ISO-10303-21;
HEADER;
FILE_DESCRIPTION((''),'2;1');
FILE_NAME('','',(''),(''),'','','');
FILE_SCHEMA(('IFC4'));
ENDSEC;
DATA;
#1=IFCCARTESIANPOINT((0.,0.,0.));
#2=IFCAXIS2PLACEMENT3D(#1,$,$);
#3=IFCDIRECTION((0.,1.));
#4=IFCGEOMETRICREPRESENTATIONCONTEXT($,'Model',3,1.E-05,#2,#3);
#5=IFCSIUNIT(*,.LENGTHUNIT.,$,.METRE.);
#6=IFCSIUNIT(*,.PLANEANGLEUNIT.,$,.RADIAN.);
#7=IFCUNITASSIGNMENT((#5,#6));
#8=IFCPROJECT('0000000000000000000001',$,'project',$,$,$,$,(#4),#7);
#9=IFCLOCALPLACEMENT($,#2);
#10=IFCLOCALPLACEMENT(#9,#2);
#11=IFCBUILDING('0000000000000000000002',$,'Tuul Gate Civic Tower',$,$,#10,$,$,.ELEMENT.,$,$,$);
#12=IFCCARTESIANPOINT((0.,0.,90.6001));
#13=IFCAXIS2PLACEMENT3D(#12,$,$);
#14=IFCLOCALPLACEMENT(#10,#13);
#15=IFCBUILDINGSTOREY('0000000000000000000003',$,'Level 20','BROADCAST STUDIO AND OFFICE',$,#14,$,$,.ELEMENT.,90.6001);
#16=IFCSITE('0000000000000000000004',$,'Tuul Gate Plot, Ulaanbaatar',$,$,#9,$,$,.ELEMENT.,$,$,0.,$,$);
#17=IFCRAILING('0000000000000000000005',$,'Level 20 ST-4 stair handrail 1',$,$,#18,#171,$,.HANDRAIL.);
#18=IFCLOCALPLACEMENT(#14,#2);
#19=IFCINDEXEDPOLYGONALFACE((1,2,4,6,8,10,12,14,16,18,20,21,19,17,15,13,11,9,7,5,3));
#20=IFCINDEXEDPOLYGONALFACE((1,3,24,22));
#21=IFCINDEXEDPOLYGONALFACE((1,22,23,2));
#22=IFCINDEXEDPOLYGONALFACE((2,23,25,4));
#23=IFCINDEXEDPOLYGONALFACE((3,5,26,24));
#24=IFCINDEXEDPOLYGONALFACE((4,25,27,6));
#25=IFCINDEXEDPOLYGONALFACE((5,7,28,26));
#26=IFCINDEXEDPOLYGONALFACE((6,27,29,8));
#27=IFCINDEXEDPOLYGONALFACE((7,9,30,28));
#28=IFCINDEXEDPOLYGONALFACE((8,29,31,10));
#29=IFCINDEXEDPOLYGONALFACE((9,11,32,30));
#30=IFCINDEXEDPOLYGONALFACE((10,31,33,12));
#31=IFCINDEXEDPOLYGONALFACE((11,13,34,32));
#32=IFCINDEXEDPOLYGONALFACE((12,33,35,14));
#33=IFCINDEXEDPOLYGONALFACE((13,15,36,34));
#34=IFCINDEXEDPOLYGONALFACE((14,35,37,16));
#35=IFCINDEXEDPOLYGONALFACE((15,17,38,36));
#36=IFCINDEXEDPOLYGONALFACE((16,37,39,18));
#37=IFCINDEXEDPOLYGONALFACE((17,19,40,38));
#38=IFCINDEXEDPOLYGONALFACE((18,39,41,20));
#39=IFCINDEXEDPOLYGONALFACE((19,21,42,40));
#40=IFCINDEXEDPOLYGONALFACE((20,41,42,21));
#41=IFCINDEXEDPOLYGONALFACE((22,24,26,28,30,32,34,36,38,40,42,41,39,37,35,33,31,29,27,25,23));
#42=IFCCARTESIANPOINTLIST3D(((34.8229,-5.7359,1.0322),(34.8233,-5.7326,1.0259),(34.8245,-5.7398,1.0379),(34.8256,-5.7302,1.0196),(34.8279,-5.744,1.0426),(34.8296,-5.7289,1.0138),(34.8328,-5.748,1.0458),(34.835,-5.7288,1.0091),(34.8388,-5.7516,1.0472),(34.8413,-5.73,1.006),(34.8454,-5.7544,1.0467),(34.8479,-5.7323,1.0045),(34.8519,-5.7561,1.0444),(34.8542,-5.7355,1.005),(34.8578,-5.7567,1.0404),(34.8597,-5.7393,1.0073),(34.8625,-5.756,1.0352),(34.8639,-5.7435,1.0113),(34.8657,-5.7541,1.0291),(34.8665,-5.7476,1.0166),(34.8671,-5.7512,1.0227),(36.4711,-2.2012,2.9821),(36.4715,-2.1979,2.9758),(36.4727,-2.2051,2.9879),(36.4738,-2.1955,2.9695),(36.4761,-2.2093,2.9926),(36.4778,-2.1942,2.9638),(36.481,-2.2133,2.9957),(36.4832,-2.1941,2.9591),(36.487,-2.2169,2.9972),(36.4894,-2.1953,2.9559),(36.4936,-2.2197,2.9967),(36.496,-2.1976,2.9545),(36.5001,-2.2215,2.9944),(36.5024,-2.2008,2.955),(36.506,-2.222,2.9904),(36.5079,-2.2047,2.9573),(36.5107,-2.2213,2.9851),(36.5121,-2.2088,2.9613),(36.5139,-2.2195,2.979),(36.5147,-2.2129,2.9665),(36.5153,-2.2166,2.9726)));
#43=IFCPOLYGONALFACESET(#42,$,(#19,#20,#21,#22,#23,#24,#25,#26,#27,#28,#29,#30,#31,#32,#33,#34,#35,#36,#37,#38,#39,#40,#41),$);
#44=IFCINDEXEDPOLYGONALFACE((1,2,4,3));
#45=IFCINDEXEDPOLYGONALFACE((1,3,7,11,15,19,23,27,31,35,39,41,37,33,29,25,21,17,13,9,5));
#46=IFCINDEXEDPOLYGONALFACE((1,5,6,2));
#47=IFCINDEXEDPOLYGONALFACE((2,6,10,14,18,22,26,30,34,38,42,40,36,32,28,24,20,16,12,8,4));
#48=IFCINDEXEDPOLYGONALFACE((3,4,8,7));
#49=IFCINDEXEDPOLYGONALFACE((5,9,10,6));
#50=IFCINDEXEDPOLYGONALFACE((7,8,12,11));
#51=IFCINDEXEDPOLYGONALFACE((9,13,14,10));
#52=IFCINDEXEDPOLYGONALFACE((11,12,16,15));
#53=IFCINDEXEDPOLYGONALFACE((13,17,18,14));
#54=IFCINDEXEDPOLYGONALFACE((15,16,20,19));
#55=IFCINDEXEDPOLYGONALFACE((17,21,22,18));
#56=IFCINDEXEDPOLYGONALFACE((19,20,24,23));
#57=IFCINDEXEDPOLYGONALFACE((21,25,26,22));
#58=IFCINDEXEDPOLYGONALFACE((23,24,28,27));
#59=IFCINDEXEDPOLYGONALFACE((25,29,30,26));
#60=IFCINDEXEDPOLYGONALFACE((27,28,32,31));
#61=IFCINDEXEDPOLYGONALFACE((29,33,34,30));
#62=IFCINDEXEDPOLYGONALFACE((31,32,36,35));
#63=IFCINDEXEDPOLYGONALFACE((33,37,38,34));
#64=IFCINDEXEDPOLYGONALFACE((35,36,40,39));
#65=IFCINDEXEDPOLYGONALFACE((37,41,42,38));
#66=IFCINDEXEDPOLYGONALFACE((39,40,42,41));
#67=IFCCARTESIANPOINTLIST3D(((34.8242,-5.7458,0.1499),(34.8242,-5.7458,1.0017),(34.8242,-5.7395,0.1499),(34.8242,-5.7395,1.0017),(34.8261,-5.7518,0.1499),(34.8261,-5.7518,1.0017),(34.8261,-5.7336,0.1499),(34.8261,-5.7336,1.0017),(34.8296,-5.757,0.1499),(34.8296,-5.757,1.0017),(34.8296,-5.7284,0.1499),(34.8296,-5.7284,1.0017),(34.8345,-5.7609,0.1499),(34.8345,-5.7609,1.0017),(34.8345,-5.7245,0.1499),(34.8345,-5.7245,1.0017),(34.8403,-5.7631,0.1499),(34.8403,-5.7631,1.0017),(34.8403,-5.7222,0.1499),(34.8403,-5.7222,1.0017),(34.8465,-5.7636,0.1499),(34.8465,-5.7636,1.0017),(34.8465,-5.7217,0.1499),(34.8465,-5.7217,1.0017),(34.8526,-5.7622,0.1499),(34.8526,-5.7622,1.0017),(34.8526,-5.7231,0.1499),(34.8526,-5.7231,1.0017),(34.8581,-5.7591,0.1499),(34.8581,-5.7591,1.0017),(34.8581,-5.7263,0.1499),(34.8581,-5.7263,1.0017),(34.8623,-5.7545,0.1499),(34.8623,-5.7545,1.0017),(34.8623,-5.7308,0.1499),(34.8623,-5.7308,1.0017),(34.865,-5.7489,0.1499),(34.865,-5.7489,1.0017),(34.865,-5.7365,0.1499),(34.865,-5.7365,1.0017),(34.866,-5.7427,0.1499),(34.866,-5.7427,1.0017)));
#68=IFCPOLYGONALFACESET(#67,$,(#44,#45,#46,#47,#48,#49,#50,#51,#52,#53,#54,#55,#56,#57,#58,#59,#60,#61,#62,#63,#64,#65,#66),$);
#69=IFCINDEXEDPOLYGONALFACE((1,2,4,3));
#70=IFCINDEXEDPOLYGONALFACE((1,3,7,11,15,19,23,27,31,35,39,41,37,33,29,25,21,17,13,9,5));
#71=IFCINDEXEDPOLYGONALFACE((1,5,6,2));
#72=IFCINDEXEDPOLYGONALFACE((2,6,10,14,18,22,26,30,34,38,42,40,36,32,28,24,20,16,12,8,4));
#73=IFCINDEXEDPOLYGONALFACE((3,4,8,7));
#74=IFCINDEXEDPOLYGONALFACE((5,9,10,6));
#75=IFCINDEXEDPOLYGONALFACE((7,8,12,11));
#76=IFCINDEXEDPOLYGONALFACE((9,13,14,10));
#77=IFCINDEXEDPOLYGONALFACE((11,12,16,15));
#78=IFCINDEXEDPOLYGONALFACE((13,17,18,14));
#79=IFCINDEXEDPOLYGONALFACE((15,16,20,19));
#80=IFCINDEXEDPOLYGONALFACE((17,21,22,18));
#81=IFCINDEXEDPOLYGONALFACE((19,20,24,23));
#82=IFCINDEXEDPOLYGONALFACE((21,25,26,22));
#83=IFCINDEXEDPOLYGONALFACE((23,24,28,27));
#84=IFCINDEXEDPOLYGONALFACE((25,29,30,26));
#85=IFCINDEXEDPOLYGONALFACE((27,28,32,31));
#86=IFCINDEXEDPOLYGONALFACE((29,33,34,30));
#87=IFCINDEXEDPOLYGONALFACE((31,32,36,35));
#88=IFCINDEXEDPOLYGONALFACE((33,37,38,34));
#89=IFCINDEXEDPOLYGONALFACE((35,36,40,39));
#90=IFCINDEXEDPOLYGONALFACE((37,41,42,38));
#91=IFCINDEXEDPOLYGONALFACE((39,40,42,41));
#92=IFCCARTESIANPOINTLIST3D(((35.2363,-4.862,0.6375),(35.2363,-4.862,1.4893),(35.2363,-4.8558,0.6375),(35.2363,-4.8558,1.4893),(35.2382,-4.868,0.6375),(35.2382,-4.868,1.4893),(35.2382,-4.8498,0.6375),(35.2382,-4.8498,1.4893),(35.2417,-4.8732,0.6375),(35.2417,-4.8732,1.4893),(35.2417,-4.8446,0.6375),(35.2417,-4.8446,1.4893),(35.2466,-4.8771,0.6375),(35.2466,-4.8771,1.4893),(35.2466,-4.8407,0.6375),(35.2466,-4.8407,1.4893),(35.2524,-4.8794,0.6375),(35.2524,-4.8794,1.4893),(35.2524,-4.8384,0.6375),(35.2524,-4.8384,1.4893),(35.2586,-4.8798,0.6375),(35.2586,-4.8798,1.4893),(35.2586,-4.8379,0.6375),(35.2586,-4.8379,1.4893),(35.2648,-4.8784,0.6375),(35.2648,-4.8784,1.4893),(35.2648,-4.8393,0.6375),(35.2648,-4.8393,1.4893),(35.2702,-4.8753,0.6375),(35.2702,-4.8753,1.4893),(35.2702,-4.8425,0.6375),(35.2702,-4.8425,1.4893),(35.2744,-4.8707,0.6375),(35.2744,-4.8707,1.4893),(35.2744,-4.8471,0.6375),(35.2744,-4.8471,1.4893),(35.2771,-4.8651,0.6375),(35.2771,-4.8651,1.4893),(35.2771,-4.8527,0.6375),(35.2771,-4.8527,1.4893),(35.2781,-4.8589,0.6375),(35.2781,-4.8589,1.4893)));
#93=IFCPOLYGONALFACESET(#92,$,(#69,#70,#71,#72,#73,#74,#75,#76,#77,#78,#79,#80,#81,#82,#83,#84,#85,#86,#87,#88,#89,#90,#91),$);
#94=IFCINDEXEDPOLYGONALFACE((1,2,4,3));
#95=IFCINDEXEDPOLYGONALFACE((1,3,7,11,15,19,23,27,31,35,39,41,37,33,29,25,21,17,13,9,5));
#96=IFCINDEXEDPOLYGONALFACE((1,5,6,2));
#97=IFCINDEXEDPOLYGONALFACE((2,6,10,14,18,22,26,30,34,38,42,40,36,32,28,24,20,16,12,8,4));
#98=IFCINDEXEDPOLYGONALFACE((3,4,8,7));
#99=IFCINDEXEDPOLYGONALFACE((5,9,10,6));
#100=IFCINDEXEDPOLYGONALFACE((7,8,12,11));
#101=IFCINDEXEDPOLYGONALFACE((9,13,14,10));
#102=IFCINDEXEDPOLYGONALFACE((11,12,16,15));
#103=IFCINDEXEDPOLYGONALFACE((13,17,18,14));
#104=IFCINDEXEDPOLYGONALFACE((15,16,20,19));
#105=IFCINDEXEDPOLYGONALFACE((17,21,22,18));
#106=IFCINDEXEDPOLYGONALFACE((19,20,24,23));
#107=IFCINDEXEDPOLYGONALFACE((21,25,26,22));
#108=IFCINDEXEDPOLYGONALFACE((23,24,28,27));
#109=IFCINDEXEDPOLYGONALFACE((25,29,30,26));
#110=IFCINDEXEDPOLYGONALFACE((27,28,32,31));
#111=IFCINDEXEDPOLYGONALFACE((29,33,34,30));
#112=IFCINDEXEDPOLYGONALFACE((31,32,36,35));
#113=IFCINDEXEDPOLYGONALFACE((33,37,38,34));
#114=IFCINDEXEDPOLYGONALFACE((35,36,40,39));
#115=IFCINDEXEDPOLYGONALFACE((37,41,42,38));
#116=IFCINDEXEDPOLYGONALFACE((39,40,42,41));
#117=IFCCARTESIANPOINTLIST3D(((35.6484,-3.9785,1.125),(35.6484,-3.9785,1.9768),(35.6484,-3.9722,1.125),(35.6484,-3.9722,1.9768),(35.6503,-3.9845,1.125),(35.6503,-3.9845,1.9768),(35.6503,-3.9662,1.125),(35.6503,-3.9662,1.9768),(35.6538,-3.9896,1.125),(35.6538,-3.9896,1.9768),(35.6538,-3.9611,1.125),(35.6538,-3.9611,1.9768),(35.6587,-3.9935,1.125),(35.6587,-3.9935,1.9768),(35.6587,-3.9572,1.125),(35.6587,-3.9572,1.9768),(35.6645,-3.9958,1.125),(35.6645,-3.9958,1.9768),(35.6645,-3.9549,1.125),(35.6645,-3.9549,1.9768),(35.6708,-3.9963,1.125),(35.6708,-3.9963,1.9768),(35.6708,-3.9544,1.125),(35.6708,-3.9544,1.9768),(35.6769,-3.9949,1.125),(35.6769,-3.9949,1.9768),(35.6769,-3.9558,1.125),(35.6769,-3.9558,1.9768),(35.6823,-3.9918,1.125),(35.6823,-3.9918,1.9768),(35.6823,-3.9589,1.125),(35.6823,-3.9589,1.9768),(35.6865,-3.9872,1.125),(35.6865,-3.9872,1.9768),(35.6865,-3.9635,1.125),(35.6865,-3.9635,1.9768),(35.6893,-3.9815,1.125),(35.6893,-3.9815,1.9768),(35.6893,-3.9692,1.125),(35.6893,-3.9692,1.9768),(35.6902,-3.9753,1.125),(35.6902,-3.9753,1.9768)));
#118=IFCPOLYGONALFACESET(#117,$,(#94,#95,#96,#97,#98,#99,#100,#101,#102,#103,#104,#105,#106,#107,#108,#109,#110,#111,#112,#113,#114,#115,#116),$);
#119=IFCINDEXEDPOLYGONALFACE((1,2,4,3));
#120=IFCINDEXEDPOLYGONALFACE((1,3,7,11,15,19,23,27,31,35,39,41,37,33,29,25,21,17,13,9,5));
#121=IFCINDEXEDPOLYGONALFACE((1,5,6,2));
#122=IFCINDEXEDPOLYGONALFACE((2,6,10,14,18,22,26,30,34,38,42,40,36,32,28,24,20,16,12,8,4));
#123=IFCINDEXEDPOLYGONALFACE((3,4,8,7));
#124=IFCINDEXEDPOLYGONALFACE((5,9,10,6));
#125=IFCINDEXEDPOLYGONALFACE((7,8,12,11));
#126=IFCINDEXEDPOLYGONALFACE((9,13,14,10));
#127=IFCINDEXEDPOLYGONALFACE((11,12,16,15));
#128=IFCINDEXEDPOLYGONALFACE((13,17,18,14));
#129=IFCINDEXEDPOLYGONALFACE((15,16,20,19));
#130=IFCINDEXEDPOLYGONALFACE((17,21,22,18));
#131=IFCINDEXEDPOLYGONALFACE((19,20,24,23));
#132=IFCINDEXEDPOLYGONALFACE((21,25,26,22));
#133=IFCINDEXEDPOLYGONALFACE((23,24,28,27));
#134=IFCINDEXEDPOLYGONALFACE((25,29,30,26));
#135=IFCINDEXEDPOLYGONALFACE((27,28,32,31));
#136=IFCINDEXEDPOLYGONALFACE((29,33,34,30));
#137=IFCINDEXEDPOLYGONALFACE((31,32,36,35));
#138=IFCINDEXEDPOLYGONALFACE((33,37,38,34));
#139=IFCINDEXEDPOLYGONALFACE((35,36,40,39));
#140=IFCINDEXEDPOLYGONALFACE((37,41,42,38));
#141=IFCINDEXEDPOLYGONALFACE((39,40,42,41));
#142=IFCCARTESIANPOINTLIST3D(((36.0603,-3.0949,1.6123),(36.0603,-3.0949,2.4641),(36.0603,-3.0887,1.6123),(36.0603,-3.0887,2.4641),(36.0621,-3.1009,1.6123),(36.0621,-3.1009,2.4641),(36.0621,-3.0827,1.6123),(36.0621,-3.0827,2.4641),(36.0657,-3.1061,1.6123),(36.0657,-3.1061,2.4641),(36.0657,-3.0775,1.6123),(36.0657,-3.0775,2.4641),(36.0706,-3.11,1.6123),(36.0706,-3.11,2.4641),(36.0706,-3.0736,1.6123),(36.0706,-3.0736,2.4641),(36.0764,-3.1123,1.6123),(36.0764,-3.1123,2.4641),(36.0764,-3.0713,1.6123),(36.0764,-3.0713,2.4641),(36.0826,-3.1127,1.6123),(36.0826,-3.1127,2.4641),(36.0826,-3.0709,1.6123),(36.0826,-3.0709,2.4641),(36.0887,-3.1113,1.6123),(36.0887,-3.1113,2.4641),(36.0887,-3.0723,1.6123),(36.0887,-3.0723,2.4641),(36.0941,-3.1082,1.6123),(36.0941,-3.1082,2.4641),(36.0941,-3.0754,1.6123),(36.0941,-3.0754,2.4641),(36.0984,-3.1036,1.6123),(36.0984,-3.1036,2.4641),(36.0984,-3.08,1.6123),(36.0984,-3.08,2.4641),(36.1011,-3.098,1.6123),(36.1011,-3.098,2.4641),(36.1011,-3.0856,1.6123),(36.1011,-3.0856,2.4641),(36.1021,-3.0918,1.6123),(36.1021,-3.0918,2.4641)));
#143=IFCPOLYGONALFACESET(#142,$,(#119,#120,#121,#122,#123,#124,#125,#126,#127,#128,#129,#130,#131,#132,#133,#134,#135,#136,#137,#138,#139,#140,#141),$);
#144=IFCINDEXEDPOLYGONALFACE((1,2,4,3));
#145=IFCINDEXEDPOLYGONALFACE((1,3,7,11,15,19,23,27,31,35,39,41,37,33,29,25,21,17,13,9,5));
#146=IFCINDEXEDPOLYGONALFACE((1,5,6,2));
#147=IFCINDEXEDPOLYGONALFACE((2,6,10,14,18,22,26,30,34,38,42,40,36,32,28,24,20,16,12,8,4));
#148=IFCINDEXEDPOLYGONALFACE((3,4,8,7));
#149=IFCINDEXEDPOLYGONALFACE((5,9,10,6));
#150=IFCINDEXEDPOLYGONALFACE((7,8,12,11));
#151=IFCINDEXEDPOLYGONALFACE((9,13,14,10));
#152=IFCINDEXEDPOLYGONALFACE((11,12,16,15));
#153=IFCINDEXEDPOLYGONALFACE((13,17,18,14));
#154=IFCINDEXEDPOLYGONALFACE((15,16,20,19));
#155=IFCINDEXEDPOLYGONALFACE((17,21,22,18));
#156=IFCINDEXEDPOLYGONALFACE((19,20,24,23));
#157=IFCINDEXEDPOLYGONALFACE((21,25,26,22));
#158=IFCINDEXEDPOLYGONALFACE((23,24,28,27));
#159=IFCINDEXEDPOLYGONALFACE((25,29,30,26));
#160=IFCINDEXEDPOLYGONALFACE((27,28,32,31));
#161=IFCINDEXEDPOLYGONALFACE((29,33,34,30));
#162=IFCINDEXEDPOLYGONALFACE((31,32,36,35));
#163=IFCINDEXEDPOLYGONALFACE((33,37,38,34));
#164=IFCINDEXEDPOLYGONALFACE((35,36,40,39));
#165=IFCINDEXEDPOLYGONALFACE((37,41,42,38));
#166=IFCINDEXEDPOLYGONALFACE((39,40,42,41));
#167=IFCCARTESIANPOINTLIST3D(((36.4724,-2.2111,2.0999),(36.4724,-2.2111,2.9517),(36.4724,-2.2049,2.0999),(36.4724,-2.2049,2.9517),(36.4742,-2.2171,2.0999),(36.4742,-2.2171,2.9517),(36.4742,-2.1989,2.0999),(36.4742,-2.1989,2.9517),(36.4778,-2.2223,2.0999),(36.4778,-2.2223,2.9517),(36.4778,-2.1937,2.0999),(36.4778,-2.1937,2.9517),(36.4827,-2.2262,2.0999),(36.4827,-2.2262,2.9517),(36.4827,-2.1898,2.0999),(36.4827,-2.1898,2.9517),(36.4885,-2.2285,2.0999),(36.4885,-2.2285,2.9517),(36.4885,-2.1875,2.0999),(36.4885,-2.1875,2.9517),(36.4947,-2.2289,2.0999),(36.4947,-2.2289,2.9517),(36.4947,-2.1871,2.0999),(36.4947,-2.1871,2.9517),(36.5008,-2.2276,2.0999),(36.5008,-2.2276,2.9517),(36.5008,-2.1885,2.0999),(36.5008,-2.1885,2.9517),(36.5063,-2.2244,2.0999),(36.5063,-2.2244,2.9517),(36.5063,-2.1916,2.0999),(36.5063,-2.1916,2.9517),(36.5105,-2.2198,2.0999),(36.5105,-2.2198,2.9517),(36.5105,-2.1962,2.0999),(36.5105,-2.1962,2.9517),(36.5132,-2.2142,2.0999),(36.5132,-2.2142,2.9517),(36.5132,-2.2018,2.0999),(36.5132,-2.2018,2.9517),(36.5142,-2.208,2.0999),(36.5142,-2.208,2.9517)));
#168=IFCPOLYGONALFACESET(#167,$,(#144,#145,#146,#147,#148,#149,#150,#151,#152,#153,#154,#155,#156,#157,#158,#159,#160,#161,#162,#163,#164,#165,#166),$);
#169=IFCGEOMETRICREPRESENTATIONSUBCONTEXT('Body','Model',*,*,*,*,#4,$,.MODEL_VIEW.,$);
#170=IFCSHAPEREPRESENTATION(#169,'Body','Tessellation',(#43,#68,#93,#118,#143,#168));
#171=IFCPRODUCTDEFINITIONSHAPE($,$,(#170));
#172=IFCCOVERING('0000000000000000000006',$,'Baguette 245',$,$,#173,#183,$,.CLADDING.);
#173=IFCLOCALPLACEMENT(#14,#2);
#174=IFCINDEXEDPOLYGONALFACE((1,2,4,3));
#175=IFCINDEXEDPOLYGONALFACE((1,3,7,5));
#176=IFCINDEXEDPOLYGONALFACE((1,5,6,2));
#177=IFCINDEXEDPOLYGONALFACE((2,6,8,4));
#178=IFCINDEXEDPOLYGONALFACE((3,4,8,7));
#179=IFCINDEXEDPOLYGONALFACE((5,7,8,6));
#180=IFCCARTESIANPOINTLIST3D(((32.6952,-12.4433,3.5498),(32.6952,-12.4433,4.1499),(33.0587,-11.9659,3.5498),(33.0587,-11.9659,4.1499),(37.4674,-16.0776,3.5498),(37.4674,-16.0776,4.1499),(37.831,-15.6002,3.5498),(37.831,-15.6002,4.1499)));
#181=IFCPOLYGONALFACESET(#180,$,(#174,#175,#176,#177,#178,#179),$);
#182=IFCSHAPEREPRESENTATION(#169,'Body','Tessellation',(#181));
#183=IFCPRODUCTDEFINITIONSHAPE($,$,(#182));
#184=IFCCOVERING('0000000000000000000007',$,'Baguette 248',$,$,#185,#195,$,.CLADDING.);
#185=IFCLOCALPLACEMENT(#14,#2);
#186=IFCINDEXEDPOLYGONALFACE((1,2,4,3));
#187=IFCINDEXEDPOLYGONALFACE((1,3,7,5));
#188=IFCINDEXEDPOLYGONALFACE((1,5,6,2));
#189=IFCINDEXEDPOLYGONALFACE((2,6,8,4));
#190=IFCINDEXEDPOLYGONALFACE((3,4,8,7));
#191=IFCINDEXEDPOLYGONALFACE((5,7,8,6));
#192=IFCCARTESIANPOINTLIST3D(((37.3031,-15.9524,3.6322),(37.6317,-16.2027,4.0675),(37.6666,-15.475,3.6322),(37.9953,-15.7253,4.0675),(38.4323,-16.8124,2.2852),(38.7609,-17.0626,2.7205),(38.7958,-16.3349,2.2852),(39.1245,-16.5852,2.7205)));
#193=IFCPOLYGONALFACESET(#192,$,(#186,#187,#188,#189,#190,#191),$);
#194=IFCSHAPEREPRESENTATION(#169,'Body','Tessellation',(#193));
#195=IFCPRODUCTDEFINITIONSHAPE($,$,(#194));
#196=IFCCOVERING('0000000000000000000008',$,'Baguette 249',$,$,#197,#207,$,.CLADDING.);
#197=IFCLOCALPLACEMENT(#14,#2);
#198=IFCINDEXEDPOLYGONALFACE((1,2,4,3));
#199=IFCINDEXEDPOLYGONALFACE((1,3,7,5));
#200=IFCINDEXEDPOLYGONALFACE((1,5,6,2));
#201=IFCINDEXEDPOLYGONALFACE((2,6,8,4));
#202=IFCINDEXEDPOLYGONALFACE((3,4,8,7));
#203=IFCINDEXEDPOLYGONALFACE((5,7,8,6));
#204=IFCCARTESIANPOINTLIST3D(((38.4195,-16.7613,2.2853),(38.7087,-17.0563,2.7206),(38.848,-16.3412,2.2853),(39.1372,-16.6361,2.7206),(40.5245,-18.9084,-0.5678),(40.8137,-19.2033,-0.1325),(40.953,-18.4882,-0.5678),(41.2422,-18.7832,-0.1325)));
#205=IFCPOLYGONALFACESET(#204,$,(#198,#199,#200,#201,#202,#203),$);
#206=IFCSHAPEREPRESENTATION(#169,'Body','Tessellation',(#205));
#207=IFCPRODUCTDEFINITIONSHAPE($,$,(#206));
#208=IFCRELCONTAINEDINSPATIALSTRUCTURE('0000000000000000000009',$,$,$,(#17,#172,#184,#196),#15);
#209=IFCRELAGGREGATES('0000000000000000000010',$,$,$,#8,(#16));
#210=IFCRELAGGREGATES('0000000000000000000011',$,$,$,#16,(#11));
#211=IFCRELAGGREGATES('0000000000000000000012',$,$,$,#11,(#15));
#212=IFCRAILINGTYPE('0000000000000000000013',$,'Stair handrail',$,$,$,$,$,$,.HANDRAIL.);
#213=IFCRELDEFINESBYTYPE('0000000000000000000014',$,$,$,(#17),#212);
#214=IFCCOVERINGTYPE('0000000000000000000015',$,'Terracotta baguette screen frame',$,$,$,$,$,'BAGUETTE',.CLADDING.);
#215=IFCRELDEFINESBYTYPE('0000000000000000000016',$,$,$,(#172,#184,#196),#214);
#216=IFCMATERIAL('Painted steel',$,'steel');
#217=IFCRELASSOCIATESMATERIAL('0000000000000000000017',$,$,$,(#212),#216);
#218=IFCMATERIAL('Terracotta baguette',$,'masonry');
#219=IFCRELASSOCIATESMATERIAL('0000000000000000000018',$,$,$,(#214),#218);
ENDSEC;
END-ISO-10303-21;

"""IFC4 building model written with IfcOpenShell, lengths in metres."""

from ifc_helpers import new_model, si_unit, direction, frame, origin, origin_2d, place, context, subcontext, project, spatial, rectangle, circle, extrude, material, material_profile, profile_set, type_object, element, save


model = new_model("IFC4")

# Units and contexts
model_context = context("Model", 3, precision=1e-05, world=origin(), true_north=direction((0.0, 1.0)))
body_context = subcontext(model_context, "Body", "Model", "MODEL_VIEW")
ifc_project = project(units=[si_unit("LENGTHUNIT", "METRE"), si_unit("PLANEANGLEUNIT", "RADIAN")], contexts=[model_context])

# Site, building, storey
site_placement = place(None, origin())
site = spatial("IfcSite", under=ifc_project, at=site_placement, Name="Tuul Gate Plot, Ulaanbaatar", CompositionType="ELEMENT", RefElevation=0.0)
building_placement = place(site_placement, origin())
building = spatial("IfcBuilding", under=site, at=building_placement, Name="Tuul Gate Civic Tower", CompositionType="ELEMENT")
storey_placement = place(building_placement, frame((0.0, 0.0, 90.6001)))
storey = spatial("IfcBuildingStorey", under=building, at=storey_placement, Name="Level 20", Description="BROADCAST STUDIO AND OFFICE", CompositionType="ELEMENT", Elevation=90.6001)

# Railing
ifc_material_1 = material(Name="Painted steel", Category="steel")
railing_type_1 = type_object("IfcRailingType", Name="Stair handrail", PredefinedType="HANDRAIL", material=ifc_material_1)
railing_1_placement = place(storey_placement, frame((34.845, -5.7427, 0.1499)))
element("IfcRailing", 1, at=railing_1_placement, inside=storey, type_object=railing_type_1, Name="Level 20 ST-4 stair handrail 1", PredefinedType="HANDRAIL", context=body_context, shape_type="SweptSolid", body=[
    extrude(circle(Radius=0.0239, at=origin_2d()), frame((0.0, 0.0, 0.876), z_axis=(0.377995, 0.810637, 0.4472), x_axis=(-0.906313, 0.422608, 0.0)), (0.0, 0.0, 1.0), 4.3604),
    extrude(circle(Radius=0.021, at=origin_2d()), origin(), (0.0, 0.0, 1.0), 0.8518),
    extrude(circle(Radius=0.021, at=origin_2d()), frame((0.4121, 0.8838, 0.4875)), (0.0, 0.0, 1.0), 0.8518),
    extrude(circle(Radius=0.021, at=origin_2d()), frame((0.8242, 1.7673, 0.9751)), (0.0, 0.0, 1.0), 0.8518),
    extrude(circle(Radius=0.021, at=origin_2d()), frame((1.2361, 2.6509, 1.4624)), (0.0, 0.0, 1.0), 0.8518),
    extrude(circle(Radius=0.021, at=origin_2d()), frame((1.6482, 3.5347, 1.95)), (0.0, 0.0, 1.0), 0.8518),
])

# Coverings
ifc_material_2 = material(Name="Terracotta baguette", Category="masonry")
ifc_material_profile_1 = material_profile(ifc_material_2, rectangle(XDim=0.6001, YDim=0.6001, at=origin_2d()), Name="Terracotta baguette screen frame")
ifc_profile_set_1 = profile_set([ifc_material_profile_1], Name="Terracotta baguette")
covering_type = type_object("IfcCoveringType", Name="Terracotta baguette screen frame", ElementType="BAGUETTE", PredefinedType="CLADDING", material=ifc_profile_set_1)
covering_1_placement = place(storey_placement, frame((32.877, -12.2046, 3.8499), z_axis=(0.795568, -0.605864, 0.0), x_axis=(0.605864, 0.795568, 0.0)))
element("IfcCovering", 2, at=covering_1_placement, inside=storey, type_object=covering_type, Name="Baguette 245", PredefinedType="CLADDING", context=body_context, shape_type="SweptSolid", body=[
    extrude(rectangle(XDim=0.6001, YDim=0.6001, at=origin_2d()), origin(), (0.0, 0.0, 1.0), 5.9985),
])
covering_2_placement = place(storey_placement, frame((37.6492, -15.8389, 3.8499), z_axis=(0.577078, -0.439453, -0.688376), x_axis=(0.605846, 0.795582, 0.0)))
element("IfcCovering", 3, at=covering_2_placement, inside=storey, type_object=covering_type, Name="Baguette 248", PredefinedType="CLADDING", context=body_context, shape_type="SweptSolid", body=[
    extrude(rectangle(XDim=0.6001, YDim=0.6001, at=origin_2d()), origin(), (0.0, 0.0, 1.0), 1.9568),
])
covering_3_placement = place(storey_placement, frame((38.7783, -16.6987, 2.5029), z_axis=(0.507848, -0.517979, -0.688322), x_axis=(0.714055, 0.700089, 0.0)))
element("IfcCovering", 4, at=covering_3_placement, inside=storey, type_object=covering_type, Name="Baguette 249", PredefinedType="CLADDING", context=body_context, shape_type="SweptSolid", body=[
    extrude(rectangle(XDim=0.6001, YDim=0.6001, at=origin_2d()), origin(), (0.0, 0.0, 1.0), 4.145),
])

save(model, "model.ifc")
